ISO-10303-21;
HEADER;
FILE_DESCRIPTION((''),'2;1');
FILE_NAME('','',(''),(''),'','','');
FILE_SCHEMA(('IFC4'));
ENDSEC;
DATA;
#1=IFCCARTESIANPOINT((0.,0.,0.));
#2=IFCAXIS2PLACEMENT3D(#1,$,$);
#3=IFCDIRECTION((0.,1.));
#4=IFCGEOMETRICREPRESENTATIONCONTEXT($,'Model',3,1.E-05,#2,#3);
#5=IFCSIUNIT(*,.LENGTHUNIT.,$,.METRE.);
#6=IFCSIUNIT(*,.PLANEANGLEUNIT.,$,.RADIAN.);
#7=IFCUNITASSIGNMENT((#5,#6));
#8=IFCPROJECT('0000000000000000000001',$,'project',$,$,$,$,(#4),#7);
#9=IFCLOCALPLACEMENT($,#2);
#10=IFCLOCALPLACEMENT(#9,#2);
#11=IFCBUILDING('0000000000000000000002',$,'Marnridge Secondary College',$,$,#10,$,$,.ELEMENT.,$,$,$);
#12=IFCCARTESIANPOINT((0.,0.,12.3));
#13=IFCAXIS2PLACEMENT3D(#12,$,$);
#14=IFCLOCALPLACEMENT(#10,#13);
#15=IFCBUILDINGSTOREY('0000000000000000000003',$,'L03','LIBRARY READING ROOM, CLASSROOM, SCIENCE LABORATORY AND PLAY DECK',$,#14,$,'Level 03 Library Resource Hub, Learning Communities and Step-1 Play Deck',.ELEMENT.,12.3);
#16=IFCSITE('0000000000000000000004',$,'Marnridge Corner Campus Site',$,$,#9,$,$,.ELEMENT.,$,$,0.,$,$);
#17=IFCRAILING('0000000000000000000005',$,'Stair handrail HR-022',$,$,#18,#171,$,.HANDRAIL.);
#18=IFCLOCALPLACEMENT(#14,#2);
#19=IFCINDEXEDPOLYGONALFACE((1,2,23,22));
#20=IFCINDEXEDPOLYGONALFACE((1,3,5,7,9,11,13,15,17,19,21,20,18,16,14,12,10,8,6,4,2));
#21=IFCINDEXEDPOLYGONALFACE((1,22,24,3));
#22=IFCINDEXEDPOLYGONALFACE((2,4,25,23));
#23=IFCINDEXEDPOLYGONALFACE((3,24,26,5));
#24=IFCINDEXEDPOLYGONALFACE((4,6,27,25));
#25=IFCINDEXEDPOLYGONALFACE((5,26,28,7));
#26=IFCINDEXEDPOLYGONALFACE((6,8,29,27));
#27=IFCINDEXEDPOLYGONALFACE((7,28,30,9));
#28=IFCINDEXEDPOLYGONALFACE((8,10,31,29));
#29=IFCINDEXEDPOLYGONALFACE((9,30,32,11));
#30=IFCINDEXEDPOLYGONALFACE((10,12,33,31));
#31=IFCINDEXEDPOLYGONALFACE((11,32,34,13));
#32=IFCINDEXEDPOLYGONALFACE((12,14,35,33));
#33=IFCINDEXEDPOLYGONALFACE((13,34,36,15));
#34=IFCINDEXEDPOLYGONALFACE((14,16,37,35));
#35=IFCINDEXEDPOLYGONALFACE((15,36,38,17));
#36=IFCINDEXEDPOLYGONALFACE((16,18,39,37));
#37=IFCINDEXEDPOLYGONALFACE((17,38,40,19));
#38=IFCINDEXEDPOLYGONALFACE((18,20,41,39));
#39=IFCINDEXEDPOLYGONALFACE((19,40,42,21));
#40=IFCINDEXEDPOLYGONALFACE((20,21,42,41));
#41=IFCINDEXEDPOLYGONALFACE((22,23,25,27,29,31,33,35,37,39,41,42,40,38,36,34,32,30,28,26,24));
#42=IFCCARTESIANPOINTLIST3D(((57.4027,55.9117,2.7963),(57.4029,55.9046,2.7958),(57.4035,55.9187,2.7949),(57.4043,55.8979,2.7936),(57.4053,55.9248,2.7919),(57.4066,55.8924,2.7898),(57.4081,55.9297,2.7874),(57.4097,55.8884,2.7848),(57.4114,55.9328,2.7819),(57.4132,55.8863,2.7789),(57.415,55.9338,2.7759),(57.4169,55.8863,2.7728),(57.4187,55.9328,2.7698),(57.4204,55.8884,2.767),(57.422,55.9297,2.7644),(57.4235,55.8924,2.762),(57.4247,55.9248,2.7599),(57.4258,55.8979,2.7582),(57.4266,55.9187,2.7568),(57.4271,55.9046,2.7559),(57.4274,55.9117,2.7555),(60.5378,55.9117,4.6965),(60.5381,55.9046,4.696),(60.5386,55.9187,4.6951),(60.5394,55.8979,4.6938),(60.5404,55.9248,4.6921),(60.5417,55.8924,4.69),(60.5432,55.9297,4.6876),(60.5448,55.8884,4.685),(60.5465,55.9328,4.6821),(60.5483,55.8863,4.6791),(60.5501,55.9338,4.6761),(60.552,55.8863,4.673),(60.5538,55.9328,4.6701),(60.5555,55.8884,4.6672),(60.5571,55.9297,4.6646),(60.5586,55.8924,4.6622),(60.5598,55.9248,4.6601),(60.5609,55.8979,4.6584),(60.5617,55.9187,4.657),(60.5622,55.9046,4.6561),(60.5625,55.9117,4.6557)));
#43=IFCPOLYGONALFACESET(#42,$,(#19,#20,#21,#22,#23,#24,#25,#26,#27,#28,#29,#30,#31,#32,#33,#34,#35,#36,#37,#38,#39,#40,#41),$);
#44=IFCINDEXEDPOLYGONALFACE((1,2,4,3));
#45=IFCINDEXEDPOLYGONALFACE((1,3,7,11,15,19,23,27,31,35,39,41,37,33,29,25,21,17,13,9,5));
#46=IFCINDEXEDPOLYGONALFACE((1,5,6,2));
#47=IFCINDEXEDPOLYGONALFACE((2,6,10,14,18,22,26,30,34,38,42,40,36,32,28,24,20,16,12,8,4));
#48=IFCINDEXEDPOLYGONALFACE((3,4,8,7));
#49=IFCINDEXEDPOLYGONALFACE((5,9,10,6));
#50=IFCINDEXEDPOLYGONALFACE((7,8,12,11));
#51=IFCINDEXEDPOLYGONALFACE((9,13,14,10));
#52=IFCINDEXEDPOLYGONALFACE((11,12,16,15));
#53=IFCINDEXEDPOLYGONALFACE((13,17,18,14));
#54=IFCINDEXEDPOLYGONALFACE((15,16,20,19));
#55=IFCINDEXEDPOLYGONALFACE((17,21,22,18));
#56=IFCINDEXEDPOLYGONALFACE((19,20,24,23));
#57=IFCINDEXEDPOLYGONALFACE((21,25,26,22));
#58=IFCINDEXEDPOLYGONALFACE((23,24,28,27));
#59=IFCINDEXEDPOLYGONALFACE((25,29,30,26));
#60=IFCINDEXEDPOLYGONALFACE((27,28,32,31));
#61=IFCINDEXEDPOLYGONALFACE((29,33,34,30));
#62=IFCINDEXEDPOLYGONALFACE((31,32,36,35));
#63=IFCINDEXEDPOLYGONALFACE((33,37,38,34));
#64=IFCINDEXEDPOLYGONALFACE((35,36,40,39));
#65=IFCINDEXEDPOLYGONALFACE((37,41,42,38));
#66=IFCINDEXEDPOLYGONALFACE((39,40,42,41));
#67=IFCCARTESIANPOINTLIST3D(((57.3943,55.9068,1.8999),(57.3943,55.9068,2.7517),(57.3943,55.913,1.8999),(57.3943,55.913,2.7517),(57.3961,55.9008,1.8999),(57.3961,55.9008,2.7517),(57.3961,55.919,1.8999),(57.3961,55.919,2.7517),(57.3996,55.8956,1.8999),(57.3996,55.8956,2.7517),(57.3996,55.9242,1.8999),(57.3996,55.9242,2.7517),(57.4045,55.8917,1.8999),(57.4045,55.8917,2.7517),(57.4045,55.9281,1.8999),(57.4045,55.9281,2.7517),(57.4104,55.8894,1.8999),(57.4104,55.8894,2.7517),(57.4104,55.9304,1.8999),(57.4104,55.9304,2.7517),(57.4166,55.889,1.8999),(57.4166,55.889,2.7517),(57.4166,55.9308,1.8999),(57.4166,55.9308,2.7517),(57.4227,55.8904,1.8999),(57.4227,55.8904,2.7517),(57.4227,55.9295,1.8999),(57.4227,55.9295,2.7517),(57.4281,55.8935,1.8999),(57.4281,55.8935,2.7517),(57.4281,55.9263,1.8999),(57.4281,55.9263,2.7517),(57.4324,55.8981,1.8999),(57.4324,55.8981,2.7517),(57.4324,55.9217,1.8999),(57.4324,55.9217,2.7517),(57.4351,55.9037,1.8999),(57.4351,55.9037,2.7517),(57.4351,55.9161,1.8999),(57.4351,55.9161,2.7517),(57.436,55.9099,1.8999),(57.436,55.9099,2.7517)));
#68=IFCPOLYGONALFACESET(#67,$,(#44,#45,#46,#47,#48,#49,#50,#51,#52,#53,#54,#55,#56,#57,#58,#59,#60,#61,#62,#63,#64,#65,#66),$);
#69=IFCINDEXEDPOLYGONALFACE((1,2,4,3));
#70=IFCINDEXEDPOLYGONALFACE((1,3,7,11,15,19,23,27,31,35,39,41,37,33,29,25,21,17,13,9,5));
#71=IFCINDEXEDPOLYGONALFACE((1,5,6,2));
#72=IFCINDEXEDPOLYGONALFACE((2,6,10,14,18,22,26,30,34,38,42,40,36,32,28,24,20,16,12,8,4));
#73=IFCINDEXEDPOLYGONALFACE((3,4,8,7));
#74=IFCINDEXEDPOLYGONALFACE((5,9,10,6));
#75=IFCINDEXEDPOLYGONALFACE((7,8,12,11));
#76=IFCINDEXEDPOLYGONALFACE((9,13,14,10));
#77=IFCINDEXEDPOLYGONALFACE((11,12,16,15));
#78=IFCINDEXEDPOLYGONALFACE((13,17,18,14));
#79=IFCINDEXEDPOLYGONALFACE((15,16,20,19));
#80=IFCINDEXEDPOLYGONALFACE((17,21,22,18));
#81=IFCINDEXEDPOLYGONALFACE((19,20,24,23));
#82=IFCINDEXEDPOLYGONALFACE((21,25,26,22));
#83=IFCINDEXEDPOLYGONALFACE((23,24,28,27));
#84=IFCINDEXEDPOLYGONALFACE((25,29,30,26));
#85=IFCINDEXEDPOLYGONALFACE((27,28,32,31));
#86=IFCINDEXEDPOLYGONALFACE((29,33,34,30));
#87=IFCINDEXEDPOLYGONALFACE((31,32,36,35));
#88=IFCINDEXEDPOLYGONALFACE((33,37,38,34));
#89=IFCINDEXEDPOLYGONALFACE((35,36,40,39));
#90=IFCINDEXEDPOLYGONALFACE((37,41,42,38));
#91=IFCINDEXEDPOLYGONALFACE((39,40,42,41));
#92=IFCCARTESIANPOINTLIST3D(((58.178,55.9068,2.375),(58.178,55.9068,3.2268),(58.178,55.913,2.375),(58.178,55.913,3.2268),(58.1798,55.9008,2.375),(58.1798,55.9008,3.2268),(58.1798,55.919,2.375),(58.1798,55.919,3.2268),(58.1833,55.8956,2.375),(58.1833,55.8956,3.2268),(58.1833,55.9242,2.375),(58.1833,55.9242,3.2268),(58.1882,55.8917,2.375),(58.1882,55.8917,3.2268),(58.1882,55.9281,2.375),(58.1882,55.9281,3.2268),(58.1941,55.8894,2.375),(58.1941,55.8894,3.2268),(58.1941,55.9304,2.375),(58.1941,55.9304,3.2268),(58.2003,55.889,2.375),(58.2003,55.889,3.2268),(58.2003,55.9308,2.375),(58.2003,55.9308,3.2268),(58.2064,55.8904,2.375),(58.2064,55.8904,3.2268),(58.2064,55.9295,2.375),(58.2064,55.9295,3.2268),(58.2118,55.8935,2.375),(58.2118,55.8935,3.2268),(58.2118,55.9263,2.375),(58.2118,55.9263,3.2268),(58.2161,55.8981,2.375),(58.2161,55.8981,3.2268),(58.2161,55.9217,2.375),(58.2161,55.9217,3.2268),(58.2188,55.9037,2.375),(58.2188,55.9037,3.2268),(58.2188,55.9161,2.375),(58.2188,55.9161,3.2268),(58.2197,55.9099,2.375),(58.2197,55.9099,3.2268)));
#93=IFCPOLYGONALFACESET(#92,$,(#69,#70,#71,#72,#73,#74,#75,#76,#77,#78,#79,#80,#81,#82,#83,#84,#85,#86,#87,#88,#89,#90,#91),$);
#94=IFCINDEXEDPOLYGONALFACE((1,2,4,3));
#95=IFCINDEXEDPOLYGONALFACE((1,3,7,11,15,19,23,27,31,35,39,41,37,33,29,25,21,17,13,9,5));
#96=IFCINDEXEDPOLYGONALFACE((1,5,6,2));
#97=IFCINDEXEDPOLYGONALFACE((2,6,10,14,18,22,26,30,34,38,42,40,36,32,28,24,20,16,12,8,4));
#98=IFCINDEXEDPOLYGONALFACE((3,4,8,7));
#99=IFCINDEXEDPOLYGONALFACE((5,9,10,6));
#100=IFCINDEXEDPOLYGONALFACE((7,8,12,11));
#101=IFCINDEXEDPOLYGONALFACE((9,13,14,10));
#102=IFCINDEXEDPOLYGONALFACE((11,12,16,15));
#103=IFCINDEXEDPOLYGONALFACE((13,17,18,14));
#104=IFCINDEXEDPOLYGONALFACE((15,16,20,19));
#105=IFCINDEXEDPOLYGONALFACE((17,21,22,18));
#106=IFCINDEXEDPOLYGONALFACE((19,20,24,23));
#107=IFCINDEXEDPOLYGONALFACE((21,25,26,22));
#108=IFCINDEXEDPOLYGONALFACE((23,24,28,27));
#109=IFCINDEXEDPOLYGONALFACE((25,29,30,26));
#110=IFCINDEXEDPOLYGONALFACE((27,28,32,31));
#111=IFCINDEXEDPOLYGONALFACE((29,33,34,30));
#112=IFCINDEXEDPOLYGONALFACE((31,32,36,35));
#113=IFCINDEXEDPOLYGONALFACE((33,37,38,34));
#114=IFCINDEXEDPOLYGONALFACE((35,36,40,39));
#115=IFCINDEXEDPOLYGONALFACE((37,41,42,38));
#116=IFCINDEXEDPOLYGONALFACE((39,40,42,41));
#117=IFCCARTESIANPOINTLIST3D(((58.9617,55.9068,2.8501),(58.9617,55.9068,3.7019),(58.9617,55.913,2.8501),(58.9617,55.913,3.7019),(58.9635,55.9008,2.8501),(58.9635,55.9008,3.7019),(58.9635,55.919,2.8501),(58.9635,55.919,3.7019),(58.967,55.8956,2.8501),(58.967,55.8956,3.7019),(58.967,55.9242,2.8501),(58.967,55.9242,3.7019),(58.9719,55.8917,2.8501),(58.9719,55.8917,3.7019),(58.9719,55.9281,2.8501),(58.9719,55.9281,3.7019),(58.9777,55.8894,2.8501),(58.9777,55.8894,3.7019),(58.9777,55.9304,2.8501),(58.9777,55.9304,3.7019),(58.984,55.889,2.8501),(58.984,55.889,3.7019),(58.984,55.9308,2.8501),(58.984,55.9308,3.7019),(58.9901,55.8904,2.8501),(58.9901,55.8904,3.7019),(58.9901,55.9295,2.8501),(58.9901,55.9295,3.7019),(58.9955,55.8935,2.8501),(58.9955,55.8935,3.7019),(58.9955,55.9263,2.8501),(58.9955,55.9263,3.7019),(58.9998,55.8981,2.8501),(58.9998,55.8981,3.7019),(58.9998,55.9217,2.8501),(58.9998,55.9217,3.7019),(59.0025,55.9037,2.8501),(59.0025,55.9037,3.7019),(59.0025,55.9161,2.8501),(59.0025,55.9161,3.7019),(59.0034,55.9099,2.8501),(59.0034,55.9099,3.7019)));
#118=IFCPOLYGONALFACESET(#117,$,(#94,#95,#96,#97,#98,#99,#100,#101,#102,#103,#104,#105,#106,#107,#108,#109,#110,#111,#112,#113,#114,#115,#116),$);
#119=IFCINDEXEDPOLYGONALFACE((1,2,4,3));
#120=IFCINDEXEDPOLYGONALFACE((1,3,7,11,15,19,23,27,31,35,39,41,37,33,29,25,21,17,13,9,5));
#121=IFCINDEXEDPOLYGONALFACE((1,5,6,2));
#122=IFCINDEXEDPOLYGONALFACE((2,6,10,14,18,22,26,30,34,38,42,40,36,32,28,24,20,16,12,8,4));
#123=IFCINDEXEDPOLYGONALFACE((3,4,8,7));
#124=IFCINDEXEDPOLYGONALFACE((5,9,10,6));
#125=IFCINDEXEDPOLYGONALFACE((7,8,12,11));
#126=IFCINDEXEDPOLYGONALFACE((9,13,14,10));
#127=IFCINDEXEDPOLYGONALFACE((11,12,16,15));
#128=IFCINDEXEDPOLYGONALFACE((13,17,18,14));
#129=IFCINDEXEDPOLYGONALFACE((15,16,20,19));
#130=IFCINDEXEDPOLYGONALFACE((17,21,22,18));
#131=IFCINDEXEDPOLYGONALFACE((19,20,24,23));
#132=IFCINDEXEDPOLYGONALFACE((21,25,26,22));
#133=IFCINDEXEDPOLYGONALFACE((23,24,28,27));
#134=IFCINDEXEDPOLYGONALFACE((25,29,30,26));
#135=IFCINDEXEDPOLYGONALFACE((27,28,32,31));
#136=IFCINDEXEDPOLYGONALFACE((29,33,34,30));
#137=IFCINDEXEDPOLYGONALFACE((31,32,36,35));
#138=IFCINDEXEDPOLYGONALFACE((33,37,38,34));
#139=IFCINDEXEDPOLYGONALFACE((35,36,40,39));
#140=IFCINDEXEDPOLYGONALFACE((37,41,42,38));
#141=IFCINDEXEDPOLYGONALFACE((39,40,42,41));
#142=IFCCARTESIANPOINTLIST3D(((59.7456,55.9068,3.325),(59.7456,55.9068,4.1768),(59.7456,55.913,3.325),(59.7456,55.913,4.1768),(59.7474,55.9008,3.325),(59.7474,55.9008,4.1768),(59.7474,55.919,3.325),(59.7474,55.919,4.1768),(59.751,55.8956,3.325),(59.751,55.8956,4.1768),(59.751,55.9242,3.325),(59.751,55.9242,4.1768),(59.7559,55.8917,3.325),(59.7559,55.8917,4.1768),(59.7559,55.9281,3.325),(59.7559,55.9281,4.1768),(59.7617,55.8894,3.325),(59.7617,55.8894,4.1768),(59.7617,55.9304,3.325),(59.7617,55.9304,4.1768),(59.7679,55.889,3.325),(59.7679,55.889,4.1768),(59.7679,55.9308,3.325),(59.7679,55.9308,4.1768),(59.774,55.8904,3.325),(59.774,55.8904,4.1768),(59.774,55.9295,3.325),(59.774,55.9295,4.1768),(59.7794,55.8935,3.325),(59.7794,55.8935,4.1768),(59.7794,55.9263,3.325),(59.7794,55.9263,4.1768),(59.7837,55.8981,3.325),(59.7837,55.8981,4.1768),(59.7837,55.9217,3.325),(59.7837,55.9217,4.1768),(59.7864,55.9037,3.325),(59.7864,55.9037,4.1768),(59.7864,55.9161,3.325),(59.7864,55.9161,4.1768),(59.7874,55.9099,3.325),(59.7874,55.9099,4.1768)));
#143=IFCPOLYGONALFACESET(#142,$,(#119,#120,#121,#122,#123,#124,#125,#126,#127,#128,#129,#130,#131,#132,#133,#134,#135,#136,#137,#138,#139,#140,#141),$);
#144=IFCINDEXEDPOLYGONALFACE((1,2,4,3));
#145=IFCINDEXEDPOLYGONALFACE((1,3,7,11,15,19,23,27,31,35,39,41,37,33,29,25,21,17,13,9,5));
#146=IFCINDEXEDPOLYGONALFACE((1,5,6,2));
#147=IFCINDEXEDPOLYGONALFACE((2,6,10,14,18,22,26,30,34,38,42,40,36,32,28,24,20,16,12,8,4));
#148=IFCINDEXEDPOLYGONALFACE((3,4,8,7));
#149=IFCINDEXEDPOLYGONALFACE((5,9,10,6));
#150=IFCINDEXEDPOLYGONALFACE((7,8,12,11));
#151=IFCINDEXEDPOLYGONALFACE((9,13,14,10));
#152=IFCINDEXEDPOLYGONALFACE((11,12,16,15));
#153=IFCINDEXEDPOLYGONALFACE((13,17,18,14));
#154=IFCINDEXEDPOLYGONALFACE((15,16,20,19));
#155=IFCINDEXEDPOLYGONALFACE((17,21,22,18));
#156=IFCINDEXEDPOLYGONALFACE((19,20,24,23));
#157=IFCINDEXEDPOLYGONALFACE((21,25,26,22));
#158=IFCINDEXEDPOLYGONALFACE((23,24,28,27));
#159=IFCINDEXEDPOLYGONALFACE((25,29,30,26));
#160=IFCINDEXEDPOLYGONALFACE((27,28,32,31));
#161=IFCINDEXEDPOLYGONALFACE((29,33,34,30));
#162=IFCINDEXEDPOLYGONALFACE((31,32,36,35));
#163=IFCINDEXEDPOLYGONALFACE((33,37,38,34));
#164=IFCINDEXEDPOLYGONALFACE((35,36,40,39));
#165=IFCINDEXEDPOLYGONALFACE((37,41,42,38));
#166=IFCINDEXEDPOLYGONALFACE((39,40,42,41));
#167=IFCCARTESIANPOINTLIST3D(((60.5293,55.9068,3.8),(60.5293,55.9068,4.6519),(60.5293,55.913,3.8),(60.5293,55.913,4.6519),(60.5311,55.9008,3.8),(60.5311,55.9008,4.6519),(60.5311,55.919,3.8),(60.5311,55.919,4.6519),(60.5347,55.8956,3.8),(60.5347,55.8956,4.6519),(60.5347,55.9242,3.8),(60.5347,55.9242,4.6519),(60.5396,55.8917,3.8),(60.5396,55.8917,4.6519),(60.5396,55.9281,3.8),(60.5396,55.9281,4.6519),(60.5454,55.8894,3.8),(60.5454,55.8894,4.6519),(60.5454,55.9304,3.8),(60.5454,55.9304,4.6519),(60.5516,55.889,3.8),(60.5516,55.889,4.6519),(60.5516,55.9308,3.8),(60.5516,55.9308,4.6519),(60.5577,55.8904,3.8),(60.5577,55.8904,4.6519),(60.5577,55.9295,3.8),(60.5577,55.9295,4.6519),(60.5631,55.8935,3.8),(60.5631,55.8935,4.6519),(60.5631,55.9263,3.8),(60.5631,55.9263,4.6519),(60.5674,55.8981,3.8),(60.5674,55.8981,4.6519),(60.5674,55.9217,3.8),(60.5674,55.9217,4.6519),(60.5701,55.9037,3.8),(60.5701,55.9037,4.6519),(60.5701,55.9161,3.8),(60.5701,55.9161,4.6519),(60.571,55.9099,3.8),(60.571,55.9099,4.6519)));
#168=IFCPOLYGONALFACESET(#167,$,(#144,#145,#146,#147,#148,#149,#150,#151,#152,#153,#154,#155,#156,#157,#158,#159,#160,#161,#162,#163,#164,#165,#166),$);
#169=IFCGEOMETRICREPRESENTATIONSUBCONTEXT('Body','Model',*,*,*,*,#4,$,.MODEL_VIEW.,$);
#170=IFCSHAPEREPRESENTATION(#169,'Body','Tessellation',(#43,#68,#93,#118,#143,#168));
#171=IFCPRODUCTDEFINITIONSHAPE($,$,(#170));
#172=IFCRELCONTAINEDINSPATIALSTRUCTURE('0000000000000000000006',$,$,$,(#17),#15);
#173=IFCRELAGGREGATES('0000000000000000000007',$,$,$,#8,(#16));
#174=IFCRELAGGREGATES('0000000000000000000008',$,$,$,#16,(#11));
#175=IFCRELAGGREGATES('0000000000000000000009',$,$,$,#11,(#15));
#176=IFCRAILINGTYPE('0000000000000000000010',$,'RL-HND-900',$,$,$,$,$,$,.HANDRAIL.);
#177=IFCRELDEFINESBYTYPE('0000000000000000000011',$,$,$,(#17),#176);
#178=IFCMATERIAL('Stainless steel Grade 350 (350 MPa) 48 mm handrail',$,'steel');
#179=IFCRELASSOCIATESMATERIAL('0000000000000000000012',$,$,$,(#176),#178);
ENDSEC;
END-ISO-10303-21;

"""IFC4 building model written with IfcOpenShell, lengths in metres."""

from ifc_helpers import new_model, si_unit, direction, frame, origin, origin_2d, place, context, subcontext, project, spatial, circle, extrude, material, type_object, element, save


model = new_model("IFC4")

# Units and contexts
model_context = context("Model", 3, precision=1e-05, world=origin(), true_north=direction((0.0, 1.0)))
body_context = subcontext(model_context, "Body", "Model", "MODEL_VIEW")
ifc_project = project(units=[si_unit("LENGTHUNIT", "METRE"), si_unit("PLANEANGLEUNIT", "RADIAN")], contexts=[model_context])

# Site, building, storey
site_placement = place(None, origin())
site = spatial("IfcSite", under=ifc_project, at=site_placement, Name="Marnridge Corner Campus Site", CompositionType="ELEMENT", RefElevation=0.0)
building_placement = place(site_placement, origin())
building = spatial("IfcBuilding", under=site, at=building_placement, Name="Marnridge Secondary College", CompositionType="ELEMENT")
storey_placement = place(building_placement, frame((0.0, 0.0, 12.3)))
storey = spatial("IfcBuildingStorey", under=building, at=storey_placement, Name="L03", Description="LIBRARY READING ROOM, CLASSROOM, SCIENCE LABORATORY AND PLAY DECK", LongName="Level 03 Library Resource Hub, Learning Communities and Step-1 Play Deck", CompositionType="ELEMENT", Elevation=12.3)

# Railing
ifc_material_1 = material(Name="Stainless steel Grade 350 (350 MPa) 48 mm handrail", Category="steel")
railing_type_1 = type_object("IfcRailingType", Name="RL-HND-900", PredefinedType="HANDRAIL", material=ifc_material_1)
for number, where, name in (
    (1, (57.415, 55.9099, 1.8999), "Stair handrail HR-022"),
):
    element("IfcRailing", number, at=place(storey_placement, frame(where)), inside=storey, type_object=railing_type_1, Name=name, PredefinedType="HANDRAIL", context=body_context, shape_type="SweptSolid", body=[
        extrude(circle(Radius=0.0239, at=origin_2d()), frame((0.0, 0.0, 0.876), z_axis=(0.855181, 0.0, 0.51833), x_axis=(0.0, 1.0, 0.0)), (0.0, 0.0, 1.0), 3.666),
        extrude(circle(Radius=0.021, at=origin_2d()), origin(), (0.0, 0.0, 1.0), 0.8518),
        extrude(circle(Radius=0.021, at=origin_2d()), frame((0.7837, 0.0, 0.4751)), (0.0, 0.0, 1.0), 0.8518),
        extrude(circle(Radius=0.021, at=origin_2d()), frame((1.5674, 0.0, 0.9502)), (0.0, 0.0, 1.0), 0.8518),
        extrude(circle(Radius=0.021, at=origin_2d()), frame((2.3513, 0.0, 1.425)), (0.0, 0.0, 1.0), 0.8518),
        extrude(circle(Radius=0.021, at=origin_2d()), frame((3.135, 0.0, 1.9001)), (0.0, 0.0, 1.0), 0.8518),
    ])

save(model, "model.ifc")
